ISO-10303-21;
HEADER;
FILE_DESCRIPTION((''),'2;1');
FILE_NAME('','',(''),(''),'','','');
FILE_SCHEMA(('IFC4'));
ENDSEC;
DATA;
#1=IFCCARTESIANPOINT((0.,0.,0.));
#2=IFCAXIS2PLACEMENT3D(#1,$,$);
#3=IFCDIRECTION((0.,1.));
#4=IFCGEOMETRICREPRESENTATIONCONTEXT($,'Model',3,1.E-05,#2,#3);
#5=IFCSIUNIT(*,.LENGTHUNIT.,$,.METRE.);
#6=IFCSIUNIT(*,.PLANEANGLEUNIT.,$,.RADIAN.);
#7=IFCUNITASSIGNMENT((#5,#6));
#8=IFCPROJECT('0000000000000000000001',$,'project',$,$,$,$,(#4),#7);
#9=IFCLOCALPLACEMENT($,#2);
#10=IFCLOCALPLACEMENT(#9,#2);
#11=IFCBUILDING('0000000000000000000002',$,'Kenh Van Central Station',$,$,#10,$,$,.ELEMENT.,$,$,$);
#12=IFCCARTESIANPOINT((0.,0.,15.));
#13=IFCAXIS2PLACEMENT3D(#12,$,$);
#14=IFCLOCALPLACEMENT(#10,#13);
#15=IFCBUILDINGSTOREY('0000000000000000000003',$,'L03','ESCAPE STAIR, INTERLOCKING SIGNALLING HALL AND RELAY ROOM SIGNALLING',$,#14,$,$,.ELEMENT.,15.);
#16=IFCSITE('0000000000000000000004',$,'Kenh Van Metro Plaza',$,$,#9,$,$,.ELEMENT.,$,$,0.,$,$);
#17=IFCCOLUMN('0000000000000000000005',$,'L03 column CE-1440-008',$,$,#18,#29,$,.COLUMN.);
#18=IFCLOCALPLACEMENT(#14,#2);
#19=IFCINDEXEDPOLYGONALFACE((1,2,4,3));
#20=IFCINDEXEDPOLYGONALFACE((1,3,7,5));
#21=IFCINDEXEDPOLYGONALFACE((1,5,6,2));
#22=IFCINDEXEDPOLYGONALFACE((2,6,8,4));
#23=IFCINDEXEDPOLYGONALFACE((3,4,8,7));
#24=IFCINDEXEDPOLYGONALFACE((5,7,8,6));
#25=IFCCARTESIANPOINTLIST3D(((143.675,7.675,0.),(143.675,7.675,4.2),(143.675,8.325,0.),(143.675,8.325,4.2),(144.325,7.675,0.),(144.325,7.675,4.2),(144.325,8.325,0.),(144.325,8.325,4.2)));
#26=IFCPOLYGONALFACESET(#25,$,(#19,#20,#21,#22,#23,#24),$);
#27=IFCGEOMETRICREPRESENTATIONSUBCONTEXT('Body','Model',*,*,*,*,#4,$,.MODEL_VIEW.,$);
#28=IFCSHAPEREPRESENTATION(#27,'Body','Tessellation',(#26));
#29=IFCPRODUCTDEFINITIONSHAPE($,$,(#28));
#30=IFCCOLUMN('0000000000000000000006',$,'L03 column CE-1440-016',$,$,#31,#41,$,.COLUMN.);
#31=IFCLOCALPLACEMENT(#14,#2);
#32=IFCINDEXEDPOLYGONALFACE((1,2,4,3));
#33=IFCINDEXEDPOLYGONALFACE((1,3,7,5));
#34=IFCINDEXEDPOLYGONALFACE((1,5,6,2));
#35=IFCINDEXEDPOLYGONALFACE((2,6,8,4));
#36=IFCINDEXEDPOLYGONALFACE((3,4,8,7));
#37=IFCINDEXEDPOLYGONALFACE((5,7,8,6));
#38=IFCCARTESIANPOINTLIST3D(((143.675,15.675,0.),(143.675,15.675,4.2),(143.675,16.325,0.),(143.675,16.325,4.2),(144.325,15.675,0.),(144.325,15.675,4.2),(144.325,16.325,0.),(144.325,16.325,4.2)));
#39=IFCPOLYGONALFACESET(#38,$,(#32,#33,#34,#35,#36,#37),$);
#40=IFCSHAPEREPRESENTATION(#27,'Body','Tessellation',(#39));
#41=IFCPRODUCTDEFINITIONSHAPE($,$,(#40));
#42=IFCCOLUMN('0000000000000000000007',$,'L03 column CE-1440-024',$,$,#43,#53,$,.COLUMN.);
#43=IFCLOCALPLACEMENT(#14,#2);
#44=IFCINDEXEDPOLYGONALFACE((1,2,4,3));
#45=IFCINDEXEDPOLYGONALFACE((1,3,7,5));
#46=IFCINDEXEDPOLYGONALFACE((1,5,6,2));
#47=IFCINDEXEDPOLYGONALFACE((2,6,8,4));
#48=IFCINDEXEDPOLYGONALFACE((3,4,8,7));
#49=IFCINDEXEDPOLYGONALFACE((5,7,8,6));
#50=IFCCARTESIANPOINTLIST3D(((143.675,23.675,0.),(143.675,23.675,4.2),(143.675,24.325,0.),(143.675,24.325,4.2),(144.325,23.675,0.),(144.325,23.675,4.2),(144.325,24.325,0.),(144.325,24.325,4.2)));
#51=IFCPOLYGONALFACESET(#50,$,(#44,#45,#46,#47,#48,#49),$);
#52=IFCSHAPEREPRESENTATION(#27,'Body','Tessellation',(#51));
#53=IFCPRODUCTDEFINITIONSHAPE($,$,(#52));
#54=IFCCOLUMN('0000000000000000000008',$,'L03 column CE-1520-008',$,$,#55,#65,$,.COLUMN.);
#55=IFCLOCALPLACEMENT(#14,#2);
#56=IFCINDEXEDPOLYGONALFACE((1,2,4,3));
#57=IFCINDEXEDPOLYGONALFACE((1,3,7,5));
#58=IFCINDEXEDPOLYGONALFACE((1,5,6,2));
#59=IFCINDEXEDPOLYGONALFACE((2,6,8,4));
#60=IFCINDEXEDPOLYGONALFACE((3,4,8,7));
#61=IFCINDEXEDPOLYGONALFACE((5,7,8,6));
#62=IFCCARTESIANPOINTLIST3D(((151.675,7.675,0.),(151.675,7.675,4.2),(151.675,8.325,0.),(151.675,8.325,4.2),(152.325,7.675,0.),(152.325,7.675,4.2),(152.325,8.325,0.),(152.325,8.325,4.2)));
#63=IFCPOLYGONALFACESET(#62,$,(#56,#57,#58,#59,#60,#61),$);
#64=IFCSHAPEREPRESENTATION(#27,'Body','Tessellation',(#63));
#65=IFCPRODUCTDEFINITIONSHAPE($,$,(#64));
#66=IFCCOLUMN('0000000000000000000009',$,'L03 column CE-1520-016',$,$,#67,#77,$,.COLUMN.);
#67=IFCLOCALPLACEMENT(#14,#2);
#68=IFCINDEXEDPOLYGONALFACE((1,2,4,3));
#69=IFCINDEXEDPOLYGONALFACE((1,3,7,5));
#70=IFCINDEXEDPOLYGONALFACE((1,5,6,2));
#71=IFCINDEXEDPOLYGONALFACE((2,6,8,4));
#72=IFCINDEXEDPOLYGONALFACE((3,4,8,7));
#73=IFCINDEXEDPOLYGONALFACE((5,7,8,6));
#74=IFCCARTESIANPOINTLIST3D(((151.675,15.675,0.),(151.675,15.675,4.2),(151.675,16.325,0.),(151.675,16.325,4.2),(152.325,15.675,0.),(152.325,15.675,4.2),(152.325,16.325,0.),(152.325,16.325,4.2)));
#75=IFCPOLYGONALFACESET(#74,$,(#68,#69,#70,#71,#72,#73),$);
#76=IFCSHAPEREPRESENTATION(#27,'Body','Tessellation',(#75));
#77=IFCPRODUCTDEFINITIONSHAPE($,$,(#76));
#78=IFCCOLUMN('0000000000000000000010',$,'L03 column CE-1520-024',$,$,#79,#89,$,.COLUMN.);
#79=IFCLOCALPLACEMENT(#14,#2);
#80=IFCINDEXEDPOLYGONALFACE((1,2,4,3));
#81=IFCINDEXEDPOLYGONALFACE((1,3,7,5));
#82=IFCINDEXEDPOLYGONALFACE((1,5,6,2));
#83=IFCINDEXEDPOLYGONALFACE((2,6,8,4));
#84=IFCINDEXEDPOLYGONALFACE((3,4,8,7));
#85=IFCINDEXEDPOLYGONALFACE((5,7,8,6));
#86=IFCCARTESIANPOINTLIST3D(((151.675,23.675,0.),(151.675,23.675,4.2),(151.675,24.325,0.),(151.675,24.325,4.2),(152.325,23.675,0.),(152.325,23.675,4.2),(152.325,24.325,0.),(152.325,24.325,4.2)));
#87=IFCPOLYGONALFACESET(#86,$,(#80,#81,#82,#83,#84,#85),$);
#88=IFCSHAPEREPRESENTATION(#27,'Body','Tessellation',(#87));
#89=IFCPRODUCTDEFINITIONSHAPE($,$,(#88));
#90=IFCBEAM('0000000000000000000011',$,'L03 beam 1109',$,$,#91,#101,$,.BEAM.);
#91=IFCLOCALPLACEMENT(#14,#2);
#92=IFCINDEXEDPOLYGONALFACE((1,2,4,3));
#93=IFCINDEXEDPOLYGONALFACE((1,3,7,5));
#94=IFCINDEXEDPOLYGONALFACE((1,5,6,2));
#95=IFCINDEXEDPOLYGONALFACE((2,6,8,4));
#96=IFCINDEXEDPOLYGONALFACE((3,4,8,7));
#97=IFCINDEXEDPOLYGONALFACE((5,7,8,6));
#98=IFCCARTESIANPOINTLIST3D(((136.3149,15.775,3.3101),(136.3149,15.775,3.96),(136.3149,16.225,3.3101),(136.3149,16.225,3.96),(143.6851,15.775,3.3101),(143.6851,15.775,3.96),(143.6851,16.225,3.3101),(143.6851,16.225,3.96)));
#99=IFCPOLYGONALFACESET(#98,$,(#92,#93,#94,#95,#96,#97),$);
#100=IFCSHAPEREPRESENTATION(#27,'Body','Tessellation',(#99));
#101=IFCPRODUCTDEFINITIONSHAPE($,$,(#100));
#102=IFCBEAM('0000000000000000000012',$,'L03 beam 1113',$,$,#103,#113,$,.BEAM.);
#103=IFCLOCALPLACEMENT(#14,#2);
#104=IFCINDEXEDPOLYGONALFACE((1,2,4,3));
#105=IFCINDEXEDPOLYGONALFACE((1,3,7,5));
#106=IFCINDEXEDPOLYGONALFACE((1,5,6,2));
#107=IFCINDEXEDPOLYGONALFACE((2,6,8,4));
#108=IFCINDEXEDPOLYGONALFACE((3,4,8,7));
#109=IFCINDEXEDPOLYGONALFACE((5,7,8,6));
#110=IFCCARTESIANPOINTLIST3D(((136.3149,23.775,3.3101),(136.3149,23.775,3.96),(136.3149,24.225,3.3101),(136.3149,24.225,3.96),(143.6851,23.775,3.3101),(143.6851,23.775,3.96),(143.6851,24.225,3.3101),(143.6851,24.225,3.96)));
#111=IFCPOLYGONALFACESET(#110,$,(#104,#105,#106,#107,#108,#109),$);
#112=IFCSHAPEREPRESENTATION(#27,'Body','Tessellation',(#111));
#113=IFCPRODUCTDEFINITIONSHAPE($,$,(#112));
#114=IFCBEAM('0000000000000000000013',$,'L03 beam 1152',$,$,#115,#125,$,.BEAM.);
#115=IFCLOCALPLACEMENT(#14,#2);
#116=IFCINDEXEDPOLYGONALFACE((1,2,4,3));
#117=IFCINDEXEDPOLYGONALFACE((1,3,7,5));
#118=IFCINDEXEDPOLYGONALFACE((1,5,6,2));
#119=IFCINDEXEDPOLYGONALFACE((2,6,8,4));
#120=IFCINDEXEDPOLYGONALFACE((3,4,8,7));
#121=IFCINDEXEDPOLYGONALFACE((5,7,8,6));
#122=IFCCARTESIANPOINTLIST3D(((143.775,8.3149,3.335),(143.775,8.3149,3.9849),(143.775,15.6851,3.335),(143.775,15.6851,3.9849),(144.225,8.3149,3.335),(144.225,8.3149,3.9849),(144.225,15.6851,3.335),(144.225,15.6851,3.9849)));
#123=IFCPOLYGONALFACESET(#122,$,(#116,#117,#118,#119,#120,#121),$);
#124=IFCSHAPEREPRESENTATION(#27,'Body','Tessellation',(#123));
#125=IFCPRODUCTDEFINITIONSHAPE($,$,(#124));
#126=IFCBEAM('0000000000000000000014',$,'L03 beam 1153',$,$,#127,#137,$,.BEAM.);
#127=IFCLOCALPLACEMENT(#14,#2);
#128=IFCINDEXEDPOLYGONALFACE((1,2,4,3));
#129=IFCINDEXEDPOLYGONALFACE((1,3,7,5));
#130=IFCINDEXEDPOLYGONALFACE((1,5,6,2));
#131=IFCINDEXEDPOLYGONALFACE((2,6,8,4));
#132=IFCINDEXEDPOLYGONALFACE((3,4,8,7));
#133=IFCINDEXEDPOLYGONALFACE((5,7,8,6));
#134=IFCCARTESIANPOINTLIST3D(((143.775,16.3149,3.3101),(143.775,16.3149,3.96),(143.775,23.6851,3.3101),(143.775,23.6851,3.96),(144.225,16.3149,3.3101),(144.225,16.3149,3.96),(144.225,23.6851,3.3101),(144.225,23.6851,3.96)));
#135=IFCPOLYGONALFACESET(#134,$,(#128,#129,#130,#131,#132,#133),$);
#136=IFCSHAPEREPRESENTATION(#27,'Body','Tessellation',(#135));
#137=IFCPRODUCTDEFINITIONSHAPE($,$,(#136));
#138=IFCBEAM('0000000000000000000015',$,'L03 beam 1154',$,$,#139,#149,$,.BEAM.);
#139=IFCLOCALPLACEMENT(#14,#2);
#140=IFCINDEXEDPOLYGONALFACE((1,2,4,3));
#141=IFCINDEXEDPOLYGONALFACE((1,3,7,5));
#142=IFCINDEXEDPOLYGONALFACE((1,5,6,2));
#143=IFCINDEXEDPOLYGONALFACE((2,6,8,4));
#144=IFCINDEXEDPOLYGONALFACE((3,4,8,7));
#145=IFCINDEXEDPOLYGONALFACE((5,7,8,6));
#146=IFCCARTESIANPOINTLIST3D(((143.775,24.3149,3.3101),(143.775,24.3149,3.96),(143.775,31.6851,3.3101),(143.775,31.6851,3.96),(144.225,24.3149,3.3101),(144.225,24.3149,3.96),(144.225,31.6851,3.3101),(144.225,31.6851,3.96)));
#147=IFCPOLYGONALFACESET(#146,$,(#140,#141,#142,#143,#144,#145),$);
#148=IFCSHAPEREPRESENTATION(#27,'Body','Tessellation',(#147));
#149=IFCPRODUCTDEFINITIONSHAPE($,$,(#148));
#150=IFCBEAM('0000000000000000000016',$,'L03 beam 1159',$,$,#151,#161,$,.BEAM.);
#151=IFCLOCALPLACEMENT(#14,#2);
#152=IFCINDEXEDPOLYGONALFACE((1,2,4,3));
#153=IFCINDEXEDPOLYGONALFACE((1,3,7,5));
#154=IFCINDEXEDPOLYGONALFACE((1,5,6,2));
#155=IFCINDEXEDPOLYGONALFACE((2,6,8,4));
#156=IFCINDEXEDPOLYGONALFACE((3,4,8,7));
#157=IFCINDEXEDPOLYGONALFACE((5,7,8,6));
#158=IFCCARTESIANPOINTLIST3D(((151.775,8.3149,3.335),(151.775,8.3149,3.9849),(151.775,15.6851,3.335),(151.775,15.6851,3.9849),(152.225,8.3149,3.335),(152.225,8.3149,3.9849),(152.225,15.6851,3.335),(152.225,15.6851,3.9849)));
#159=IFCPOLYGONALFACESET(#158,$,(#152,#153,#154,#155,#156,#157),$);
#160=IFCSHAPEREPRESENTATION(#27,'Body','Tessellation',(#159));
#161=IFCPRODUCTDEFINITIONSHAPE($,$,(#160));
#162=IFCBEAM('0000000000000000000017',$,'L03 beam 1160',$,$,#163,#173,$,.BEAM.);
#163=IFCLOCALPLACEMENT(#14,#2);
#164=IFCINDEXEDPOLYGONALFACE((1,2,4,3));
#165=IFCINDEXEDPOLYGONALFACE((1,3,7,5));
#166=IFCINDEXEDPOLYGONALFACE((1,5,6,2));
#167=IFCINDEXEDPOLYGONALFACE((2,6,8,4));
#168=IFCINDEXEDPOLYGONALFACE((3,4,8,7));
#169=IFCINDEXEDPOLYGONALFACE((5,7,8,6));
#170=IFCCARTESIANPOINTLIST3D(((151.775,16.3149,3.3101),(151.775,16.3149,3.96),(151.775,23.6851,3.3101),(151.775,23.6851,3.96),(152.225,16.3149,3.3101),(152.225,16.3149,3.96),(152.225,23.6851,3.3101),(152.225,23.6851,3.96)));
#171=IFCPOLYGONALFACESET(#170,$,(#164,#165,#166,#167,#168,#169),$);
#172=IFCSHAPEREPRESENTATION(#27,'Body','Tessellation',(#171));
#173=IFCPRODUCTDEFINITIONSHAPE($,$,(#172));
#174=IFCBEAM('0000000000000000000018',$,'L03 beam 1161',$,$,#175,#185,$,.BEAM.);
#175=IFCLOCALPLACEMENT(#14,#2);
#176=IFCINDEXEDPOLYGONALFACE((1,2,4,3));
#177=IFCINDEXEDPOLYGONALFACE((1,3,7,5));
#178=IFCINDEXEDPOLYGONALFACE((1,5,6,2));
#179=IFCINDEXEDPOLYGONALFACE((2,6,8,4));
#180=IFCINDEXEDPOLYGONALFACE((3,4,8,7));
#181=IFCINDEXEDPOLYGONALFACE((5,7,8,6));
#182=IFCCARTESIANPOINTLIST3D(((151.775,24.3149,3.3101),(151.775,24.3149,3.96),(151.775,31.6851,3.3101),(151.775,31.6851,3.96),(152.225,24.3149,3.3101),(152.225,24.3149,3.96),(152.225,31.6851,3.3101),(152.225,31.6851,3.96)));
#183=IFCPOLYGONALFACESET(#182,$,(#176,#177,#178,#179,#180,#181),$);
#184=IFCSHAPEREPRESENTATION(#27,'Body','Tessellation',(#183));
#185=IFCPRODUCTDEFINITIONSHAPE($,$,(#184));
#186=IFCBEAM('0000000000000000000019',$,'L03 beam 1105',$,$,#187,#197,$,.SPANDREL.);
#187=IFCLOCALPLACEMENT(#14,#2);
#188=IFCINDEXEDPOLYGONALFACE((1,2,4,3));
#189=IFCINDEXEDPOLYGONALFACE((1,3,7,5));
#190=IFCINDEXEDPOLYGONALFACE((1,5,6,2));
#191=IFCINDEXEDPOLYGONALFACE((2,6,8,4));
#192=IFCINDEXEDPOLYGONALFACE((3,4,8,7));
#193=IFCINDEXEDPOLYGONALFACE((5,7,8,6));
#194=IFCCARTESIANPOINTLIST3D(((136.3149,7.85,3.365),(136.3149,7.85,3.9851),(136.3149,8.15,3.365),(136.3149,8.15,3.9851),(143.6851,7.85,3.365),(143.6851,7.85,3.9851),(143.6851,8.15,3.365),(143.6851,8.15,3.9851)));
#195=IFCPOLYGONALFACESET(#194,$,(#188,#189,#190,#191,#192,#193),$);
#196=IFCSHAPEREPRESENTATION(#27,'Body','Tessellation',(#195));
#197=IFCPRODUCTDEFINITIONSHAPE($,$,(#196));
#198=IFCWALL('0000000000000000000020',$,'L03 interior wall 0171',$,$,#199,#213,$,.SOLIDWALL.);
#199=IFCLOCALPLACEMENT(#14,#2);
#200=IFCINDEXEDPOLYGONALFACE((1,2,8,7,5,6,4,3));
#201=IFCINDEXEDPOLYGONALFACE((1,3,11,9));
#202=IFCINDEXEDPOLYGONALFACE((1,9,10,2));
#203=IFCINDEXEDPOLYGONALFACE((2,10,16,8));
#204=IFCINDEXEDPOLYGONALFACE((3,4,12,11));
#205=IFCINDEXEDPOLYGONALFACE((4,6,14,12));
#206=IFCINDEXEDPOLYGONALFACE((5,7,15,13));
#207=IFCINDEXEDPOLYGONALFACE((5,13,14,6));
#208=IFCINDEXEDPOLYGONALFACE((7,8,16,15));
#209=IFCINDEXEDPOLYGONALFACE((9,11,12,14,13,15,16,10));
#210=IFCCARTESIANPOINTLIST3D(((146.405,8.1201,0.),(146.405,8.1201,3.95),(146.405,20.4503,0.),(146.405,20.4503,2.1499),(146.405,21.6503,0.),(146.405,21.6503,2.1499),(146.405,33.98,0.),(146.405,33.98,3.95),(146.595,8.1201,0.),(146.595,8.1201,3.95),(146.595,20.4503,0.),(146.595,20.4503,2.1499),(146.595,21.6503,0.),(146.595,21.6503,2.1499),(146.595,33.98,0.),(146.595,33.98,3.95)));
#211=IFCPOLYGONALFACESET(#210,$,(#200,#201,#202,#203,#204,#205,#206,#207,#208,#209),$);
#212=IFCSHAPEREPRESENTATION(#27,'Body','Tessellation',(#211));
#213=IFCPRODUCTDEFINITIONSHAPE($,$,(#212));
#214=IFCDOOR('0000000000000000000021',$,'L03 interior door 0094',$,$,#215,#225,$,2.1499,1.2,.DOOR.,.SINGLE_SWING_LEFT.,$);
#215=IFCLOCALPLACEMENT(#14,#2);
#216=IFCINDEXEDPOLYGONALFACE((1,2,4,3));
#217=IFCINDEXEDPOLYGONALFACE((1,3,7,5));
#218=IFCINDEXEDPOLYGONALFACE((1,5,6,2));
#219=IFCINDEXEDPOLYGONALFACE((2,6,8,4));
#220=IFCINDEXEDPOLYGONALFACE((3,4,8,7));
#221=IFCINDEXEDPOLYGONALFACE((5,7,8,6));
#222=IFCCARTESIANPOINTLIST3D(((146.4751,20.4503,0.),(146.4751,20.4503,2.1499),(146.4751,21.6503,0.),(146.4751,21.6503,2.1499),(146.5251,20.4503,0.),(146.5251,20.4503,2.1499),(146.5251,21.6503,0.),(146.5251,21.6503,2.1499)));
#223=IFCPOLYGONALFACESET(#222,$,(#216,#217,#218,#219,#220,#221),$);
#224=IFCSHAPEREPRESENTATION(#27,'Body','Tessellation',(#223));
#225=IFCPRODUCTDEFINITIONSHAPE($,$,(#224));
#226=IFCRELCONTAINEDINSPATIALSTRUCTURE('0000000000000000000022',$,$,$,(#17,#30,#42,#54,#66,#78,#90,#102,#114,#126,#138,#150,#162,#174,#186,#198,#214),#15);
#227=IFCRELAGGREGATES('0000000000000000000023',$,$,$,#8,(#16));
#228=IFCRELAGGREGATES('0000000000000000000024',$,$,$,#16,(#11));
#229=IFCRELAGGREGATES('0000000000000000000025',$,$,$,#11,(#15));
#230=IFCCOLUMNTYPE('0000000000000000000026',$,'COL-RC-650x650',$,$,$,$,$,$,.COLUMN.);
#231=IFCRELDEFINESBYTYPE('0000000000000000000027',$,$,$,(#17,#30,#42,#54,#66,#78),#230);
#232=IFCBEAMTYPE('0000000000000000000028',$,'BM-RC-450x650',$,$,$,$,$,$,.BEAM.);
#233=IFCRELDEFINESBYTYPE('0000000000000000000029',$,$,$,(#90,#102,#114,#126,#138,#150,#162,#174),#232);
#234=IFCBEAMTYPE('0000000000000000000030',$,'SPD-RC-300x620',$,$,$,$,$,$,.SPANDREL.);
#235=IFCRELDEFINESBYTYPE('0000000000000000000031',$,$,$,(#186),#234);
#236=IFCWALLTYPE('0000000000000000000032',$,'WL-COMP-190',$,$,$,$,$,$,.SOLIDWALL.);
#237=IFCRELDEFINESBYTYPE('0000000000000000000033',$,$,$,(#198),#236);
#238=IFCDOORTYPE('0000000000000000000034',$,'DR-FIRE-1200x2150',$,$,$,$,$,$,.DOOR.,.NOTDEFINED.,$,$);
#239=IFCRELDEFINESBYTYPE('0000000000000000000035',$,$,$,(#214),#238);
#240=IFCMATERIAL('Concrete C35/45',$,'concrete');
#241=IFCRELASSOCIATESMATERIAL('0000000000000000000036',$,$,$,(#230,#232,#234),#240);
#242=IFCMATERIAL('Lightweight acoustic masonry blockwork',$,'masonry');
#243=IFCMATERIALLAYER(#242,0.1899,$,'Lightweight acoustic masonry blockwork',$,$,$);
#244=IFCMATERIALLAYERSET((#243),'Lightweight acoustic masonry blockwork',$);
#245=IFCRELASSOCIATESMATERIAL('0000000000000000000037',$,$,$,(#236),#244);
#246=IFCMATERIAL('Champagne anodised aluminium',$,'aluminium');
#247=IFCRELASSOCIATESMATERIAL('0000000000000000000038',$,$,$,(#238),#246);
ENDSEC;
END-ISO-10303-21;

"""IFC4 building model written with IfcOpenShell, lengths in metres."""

from ifc_helpers import new_model, si_unit, direction, frame, frame_2d, origin, origin_2d, place, context, subcontext, project, spatial, rectangle, extrude, material, layer, layer_set, material_profile, profile_set, type_object, element, fill, save


model = new_model("IFC4")

# Units and contexts
model_context = context("Model", 3, precision=1e-05, world=origin(), true_north=direction((0.0, 1.0)))
body_context = subcontext(model_context, "Body", "Model", "MODEL_VIEW")
ifc_project = project(units=[si_unit("LENGTHUNIT", "METRE"), si_unit("PLANEANGLEUNIT", "RADIAN")], contexts=[model_context])

# Site, building, storey
site_placement = place(None, origin())
site = spatial("IfcSite", under=ifc_project, at=site_placement, Name="Kenh Van Metro Plaza", CompositionType="ELEMENT", RefElevation=0.0)
building_placement = place(site_placement, origin())
building = spatial("IfcBuilding", under=site, at=building_placement, Name="Kenh Van Central Station", CompositionType="ELEMENT")
storey_placement = place(building_placement, frame((0.0, 0.0, 15.0)))
storey = spatial("IfcBuildingStorey", under=building, at=storey_placement, Name="L03", Description="ESCAPE STAIR, INTERLOCKING SIGNALLING HALL AND RELAY ROOM SIGNALLING", CompositionType="ELEMENT", Elevation=15.0)

# Columns
ifc_material_1 = material(Name="Concrete C35/45", Category="concrete")
ifc_material_profile_1 = material_profile(ifc_material_1, rectangle(XDim=0.6499, YDim=0.6499, at=origin_2d()), Name="RC 650x650")
ifc_profile_set_1 = profile_set([ifc_material_profile_1], Name="Concrete C35/45")
column_type = type_object("IfcColumnType", Name="COL-RC-650x650", PredefinedType="COLUMN", material=ifc_profile_set_1)
for number, where, z_axis, x_axis, name in (
    (1, (144.0, 8.0, 0.0), (0.0, 0.0, 1.0), (1.0, 0.0, 0.0), "L03 column CE-1440-008"),
    (2, (144.0, 16.0, 0.0), (0.0, 0.0, 1.0), (1.0, 0.0, 0.0), "L03 column CE-1440-016"),
    (3, (144.0, 24.0, 0.0), (0.0, 0.0, 1.0), (1.0, 0.0, 0.0), "L03 column CE-1440-024"),
    (4, (152.0, 8.0, 0.0), (0.0, 0.0, 1.0), (1.0, 0.0, 0.0), "L03 column CE-1520-008"),
    (5, (152.0, 16.0, 0.0), (0.0, 0.0, 1.0), (1.0, 0.0, 0.0), "L03 column CE-1520-016"),
    (6, (152.0, 24.0, 0.0), (0.0, 0.0, 1.0), (1.0, 0.0, 0.0), "L03 column CE-1520-024"),
):
    element("IfcColumn", number, at=place(storey_placement, frame(where, z_axis=z_axis, x_axis=x_axis)), inside=storey, type_object=column_type, Name=name, PredefinedType="COLUMN", context=body_context, shape_type="SweptSolid", body=[
        extrude(rectangle(XDim=0.6499, YDim=0.6499, at=origin_2d()), origin(), (0.0, 0.0, 1.0), 4.2),
    ])

# Beams
ifc_material_profile_2 = material_profile(ifc_material_1, rectangle(XDim=0.45, YDim=0.6499, at=origin_2d()), Name="RC 450x650")
ifc_profile_set_2 = profile_set([ifc_material_profile_2], Name="Concrete C35/45")
beam_type_1 = type_object("IfcBeamType", Name="BM-RC-450x650", PredefinedType="BEAM", material=ifc_profile_set_2)
for number, where, z_axis, x_axis, name in (
    (7, (136.3149, 16.0, 3.635), (1.0, 0.0, 0.0), (0.0, 1.0, 0.0), "L03 beam 1109"),
    (8, (136.3149, 24.0, 3.635), (1.0, 0.0, 0.0), (0.0, 1.0, 0.0), "L03 beam 1113"),
    (9, (144.0, 8.3149, 3.6599), (0.0, 1.0, 0.0), (-1.0, 0.0, 0.0), "L03 beam 1152"),
    (10, (144.0, 16.3149, 3.635), (0.0, 1.0, 0.0), (-1.0, 0.0, 0.0), "L03 beam 1153"),
    (11, (144.0, 24.3149, 3.635), (0.0, 1.0, 0.0), (-1.0, 0.0, 0.0), "L03 beam 1154"),
    (12, (152.0, 8.3149, 3.6599), (0.0, 1.0, 0.0), (-1.0, 0.0, 0.0), "L03 beam 1159"),
    (13, (152.0, 16.3149, 3.635), (0.0, 1.0, 0.0), (-1.0, 0.0, 0.0), "L03 beam 1160"),
    (14, (152.0, 24.3149, 3.635), (0.0, 1.0, 0.0), (-1.0, 0.0, 0.0), "L03 beam 1161"),
):
    element("IfcBeam", number, at=place(storey_placement, frame(where, z_axis=z_axis, x_axis=x_axis)), inside=storey, type_object=beam_type_1, Name=name, PredefinedType="BEAM", context=body_context, shape_type="SweptSolid", body=[
        extrude(rectangle(XDim=0.45, YDim=0.6499, at=origin_2d()), origin(), (0.0, 0.0, 1.0), 7.3701),
    ])
ifc_material_profile_3 = material_profile(ifc_material_1, rectangle(XDim=0.3, YDim=0.6201, at=origin_2d()), Name="RC 300x620")
ifc_profile_set_3 = profile_set([ifc_material_profile_3], Name="Concrete C35/45")
beam_type_2 = type_object("IfcBeamType", Name="SPD-RC-300x620", PredefinedType="SPANDREL", material=ifc_profile_set_3)
beam_placement = place(storey_placement, frame((136.3149, 8.0, 3.675), z_axis=(1.0, 0.0, 0.0), x_axis=(0.0, 1.0, 0.0)))
element("IfcBeam", 15, at=beam_placement, inside=storey, type_object=beam_type_2, Name="L03 beam 1105", PredefinedType="SPANDREL", context=body_context, shape_type="SweptSolid", body=[
    extrude(rectangle(XDim=0.3, YDim=0.6201, at=origin_2d()), origin(), (0.0, 0.0, 1.0), 7.3701),
])

# Wall, opening, door
ifc_material_2 = material(Name="Lightweight acoustic masonry blockwork", Category="masonry")
ifc_layer_1 = layer(ifc_material_2, 0.1899, Name="Lightweight acoustic masonry blockwork")
ifc_layer_set_1 = layer_set([ifc_layer_1], Name="Lightweight acoustic masonry blockwork")
wall_type_1 = type_object("IfcWallType", Name="WL-COMP-190", PredefinedType="SOLIDWALL", material=ifc_layer_set_1)
wall_1_placement = place(storey_placement, frame((146.5, 8.1201, 0.0), z_axis=(0.0, 0.0, 1.0), x_axis=(0.0, 1.0, 0.0)))
wall_1 = element("IfcWall", 16, at=wall_1_placement, inside=storey, type_object=wall_type_1, Name="L03 interior wall 0171", PredefinedType="SOLIDWALL", context=body_context, shape_type="SweptSolid", body=[
    extrude(rectangle(XDim=25.8599, YDim=0.1899, at=frame_2d((12.9299, 0.0))), origin(), (0.0, 0.0, 1.0), 3.95),
])
opening_1_placement = place(wall_1_placement, frame((12.3301, 0.0, 0.0)))
opening_1 = element("IfcOpeningElement", 17, at=opening_1_placement, cuts=wall_1, PredefinedType="OPENING", context=body_context, shape_type="SweptSolid", body=[
    extrude(rectangle(XDim=1.2, YDim=2.1499, at=frame_2d((0.6001, 1.075))), frame((0.0, 0.105, 0.0), z_axis=(0.0, -1.0, 0.0), x_axis=(1.0, 0.0, 0.0)), (0.0, 0.0, 1.0), 0.21),
])
ifc_material_3 = material(Name="Champagne anodised aluminium", Category="aluminium")
door_type = type_object("IfcDoorType", Name="DR-FIRE-1200x2150", OperationType="NOTDEFINED", PredefinedType="DOOR", material=ifc_material_3)
door_placement = place(opening_1_placement, origin())
door = element("IfcDoor", 18, at=door_placement, inside=storey, type_object=door_type, Name="L03 interior door 0094", OperationType="SINGLE_SWING_LEFT", OverallHeight=2.1499, OverallWidth=1.2, PredefinedType="DOOR", context=body_context, shape_type="SweptSolid", body=[
    extrude(rectangle(XDim=1.2, YDim=2.1499, at=frame_2d((0.6001, 1.075))), frame((0.0, 0.0249, 0.0), z_axis=(0.0, -1.0, 0.0), x_axis=(1.0, 0.0, 0.0)), (0.0, 0.0, 1.0), 0.05),
])
fill(opening_1, door)

save(model, "model.ifc")
